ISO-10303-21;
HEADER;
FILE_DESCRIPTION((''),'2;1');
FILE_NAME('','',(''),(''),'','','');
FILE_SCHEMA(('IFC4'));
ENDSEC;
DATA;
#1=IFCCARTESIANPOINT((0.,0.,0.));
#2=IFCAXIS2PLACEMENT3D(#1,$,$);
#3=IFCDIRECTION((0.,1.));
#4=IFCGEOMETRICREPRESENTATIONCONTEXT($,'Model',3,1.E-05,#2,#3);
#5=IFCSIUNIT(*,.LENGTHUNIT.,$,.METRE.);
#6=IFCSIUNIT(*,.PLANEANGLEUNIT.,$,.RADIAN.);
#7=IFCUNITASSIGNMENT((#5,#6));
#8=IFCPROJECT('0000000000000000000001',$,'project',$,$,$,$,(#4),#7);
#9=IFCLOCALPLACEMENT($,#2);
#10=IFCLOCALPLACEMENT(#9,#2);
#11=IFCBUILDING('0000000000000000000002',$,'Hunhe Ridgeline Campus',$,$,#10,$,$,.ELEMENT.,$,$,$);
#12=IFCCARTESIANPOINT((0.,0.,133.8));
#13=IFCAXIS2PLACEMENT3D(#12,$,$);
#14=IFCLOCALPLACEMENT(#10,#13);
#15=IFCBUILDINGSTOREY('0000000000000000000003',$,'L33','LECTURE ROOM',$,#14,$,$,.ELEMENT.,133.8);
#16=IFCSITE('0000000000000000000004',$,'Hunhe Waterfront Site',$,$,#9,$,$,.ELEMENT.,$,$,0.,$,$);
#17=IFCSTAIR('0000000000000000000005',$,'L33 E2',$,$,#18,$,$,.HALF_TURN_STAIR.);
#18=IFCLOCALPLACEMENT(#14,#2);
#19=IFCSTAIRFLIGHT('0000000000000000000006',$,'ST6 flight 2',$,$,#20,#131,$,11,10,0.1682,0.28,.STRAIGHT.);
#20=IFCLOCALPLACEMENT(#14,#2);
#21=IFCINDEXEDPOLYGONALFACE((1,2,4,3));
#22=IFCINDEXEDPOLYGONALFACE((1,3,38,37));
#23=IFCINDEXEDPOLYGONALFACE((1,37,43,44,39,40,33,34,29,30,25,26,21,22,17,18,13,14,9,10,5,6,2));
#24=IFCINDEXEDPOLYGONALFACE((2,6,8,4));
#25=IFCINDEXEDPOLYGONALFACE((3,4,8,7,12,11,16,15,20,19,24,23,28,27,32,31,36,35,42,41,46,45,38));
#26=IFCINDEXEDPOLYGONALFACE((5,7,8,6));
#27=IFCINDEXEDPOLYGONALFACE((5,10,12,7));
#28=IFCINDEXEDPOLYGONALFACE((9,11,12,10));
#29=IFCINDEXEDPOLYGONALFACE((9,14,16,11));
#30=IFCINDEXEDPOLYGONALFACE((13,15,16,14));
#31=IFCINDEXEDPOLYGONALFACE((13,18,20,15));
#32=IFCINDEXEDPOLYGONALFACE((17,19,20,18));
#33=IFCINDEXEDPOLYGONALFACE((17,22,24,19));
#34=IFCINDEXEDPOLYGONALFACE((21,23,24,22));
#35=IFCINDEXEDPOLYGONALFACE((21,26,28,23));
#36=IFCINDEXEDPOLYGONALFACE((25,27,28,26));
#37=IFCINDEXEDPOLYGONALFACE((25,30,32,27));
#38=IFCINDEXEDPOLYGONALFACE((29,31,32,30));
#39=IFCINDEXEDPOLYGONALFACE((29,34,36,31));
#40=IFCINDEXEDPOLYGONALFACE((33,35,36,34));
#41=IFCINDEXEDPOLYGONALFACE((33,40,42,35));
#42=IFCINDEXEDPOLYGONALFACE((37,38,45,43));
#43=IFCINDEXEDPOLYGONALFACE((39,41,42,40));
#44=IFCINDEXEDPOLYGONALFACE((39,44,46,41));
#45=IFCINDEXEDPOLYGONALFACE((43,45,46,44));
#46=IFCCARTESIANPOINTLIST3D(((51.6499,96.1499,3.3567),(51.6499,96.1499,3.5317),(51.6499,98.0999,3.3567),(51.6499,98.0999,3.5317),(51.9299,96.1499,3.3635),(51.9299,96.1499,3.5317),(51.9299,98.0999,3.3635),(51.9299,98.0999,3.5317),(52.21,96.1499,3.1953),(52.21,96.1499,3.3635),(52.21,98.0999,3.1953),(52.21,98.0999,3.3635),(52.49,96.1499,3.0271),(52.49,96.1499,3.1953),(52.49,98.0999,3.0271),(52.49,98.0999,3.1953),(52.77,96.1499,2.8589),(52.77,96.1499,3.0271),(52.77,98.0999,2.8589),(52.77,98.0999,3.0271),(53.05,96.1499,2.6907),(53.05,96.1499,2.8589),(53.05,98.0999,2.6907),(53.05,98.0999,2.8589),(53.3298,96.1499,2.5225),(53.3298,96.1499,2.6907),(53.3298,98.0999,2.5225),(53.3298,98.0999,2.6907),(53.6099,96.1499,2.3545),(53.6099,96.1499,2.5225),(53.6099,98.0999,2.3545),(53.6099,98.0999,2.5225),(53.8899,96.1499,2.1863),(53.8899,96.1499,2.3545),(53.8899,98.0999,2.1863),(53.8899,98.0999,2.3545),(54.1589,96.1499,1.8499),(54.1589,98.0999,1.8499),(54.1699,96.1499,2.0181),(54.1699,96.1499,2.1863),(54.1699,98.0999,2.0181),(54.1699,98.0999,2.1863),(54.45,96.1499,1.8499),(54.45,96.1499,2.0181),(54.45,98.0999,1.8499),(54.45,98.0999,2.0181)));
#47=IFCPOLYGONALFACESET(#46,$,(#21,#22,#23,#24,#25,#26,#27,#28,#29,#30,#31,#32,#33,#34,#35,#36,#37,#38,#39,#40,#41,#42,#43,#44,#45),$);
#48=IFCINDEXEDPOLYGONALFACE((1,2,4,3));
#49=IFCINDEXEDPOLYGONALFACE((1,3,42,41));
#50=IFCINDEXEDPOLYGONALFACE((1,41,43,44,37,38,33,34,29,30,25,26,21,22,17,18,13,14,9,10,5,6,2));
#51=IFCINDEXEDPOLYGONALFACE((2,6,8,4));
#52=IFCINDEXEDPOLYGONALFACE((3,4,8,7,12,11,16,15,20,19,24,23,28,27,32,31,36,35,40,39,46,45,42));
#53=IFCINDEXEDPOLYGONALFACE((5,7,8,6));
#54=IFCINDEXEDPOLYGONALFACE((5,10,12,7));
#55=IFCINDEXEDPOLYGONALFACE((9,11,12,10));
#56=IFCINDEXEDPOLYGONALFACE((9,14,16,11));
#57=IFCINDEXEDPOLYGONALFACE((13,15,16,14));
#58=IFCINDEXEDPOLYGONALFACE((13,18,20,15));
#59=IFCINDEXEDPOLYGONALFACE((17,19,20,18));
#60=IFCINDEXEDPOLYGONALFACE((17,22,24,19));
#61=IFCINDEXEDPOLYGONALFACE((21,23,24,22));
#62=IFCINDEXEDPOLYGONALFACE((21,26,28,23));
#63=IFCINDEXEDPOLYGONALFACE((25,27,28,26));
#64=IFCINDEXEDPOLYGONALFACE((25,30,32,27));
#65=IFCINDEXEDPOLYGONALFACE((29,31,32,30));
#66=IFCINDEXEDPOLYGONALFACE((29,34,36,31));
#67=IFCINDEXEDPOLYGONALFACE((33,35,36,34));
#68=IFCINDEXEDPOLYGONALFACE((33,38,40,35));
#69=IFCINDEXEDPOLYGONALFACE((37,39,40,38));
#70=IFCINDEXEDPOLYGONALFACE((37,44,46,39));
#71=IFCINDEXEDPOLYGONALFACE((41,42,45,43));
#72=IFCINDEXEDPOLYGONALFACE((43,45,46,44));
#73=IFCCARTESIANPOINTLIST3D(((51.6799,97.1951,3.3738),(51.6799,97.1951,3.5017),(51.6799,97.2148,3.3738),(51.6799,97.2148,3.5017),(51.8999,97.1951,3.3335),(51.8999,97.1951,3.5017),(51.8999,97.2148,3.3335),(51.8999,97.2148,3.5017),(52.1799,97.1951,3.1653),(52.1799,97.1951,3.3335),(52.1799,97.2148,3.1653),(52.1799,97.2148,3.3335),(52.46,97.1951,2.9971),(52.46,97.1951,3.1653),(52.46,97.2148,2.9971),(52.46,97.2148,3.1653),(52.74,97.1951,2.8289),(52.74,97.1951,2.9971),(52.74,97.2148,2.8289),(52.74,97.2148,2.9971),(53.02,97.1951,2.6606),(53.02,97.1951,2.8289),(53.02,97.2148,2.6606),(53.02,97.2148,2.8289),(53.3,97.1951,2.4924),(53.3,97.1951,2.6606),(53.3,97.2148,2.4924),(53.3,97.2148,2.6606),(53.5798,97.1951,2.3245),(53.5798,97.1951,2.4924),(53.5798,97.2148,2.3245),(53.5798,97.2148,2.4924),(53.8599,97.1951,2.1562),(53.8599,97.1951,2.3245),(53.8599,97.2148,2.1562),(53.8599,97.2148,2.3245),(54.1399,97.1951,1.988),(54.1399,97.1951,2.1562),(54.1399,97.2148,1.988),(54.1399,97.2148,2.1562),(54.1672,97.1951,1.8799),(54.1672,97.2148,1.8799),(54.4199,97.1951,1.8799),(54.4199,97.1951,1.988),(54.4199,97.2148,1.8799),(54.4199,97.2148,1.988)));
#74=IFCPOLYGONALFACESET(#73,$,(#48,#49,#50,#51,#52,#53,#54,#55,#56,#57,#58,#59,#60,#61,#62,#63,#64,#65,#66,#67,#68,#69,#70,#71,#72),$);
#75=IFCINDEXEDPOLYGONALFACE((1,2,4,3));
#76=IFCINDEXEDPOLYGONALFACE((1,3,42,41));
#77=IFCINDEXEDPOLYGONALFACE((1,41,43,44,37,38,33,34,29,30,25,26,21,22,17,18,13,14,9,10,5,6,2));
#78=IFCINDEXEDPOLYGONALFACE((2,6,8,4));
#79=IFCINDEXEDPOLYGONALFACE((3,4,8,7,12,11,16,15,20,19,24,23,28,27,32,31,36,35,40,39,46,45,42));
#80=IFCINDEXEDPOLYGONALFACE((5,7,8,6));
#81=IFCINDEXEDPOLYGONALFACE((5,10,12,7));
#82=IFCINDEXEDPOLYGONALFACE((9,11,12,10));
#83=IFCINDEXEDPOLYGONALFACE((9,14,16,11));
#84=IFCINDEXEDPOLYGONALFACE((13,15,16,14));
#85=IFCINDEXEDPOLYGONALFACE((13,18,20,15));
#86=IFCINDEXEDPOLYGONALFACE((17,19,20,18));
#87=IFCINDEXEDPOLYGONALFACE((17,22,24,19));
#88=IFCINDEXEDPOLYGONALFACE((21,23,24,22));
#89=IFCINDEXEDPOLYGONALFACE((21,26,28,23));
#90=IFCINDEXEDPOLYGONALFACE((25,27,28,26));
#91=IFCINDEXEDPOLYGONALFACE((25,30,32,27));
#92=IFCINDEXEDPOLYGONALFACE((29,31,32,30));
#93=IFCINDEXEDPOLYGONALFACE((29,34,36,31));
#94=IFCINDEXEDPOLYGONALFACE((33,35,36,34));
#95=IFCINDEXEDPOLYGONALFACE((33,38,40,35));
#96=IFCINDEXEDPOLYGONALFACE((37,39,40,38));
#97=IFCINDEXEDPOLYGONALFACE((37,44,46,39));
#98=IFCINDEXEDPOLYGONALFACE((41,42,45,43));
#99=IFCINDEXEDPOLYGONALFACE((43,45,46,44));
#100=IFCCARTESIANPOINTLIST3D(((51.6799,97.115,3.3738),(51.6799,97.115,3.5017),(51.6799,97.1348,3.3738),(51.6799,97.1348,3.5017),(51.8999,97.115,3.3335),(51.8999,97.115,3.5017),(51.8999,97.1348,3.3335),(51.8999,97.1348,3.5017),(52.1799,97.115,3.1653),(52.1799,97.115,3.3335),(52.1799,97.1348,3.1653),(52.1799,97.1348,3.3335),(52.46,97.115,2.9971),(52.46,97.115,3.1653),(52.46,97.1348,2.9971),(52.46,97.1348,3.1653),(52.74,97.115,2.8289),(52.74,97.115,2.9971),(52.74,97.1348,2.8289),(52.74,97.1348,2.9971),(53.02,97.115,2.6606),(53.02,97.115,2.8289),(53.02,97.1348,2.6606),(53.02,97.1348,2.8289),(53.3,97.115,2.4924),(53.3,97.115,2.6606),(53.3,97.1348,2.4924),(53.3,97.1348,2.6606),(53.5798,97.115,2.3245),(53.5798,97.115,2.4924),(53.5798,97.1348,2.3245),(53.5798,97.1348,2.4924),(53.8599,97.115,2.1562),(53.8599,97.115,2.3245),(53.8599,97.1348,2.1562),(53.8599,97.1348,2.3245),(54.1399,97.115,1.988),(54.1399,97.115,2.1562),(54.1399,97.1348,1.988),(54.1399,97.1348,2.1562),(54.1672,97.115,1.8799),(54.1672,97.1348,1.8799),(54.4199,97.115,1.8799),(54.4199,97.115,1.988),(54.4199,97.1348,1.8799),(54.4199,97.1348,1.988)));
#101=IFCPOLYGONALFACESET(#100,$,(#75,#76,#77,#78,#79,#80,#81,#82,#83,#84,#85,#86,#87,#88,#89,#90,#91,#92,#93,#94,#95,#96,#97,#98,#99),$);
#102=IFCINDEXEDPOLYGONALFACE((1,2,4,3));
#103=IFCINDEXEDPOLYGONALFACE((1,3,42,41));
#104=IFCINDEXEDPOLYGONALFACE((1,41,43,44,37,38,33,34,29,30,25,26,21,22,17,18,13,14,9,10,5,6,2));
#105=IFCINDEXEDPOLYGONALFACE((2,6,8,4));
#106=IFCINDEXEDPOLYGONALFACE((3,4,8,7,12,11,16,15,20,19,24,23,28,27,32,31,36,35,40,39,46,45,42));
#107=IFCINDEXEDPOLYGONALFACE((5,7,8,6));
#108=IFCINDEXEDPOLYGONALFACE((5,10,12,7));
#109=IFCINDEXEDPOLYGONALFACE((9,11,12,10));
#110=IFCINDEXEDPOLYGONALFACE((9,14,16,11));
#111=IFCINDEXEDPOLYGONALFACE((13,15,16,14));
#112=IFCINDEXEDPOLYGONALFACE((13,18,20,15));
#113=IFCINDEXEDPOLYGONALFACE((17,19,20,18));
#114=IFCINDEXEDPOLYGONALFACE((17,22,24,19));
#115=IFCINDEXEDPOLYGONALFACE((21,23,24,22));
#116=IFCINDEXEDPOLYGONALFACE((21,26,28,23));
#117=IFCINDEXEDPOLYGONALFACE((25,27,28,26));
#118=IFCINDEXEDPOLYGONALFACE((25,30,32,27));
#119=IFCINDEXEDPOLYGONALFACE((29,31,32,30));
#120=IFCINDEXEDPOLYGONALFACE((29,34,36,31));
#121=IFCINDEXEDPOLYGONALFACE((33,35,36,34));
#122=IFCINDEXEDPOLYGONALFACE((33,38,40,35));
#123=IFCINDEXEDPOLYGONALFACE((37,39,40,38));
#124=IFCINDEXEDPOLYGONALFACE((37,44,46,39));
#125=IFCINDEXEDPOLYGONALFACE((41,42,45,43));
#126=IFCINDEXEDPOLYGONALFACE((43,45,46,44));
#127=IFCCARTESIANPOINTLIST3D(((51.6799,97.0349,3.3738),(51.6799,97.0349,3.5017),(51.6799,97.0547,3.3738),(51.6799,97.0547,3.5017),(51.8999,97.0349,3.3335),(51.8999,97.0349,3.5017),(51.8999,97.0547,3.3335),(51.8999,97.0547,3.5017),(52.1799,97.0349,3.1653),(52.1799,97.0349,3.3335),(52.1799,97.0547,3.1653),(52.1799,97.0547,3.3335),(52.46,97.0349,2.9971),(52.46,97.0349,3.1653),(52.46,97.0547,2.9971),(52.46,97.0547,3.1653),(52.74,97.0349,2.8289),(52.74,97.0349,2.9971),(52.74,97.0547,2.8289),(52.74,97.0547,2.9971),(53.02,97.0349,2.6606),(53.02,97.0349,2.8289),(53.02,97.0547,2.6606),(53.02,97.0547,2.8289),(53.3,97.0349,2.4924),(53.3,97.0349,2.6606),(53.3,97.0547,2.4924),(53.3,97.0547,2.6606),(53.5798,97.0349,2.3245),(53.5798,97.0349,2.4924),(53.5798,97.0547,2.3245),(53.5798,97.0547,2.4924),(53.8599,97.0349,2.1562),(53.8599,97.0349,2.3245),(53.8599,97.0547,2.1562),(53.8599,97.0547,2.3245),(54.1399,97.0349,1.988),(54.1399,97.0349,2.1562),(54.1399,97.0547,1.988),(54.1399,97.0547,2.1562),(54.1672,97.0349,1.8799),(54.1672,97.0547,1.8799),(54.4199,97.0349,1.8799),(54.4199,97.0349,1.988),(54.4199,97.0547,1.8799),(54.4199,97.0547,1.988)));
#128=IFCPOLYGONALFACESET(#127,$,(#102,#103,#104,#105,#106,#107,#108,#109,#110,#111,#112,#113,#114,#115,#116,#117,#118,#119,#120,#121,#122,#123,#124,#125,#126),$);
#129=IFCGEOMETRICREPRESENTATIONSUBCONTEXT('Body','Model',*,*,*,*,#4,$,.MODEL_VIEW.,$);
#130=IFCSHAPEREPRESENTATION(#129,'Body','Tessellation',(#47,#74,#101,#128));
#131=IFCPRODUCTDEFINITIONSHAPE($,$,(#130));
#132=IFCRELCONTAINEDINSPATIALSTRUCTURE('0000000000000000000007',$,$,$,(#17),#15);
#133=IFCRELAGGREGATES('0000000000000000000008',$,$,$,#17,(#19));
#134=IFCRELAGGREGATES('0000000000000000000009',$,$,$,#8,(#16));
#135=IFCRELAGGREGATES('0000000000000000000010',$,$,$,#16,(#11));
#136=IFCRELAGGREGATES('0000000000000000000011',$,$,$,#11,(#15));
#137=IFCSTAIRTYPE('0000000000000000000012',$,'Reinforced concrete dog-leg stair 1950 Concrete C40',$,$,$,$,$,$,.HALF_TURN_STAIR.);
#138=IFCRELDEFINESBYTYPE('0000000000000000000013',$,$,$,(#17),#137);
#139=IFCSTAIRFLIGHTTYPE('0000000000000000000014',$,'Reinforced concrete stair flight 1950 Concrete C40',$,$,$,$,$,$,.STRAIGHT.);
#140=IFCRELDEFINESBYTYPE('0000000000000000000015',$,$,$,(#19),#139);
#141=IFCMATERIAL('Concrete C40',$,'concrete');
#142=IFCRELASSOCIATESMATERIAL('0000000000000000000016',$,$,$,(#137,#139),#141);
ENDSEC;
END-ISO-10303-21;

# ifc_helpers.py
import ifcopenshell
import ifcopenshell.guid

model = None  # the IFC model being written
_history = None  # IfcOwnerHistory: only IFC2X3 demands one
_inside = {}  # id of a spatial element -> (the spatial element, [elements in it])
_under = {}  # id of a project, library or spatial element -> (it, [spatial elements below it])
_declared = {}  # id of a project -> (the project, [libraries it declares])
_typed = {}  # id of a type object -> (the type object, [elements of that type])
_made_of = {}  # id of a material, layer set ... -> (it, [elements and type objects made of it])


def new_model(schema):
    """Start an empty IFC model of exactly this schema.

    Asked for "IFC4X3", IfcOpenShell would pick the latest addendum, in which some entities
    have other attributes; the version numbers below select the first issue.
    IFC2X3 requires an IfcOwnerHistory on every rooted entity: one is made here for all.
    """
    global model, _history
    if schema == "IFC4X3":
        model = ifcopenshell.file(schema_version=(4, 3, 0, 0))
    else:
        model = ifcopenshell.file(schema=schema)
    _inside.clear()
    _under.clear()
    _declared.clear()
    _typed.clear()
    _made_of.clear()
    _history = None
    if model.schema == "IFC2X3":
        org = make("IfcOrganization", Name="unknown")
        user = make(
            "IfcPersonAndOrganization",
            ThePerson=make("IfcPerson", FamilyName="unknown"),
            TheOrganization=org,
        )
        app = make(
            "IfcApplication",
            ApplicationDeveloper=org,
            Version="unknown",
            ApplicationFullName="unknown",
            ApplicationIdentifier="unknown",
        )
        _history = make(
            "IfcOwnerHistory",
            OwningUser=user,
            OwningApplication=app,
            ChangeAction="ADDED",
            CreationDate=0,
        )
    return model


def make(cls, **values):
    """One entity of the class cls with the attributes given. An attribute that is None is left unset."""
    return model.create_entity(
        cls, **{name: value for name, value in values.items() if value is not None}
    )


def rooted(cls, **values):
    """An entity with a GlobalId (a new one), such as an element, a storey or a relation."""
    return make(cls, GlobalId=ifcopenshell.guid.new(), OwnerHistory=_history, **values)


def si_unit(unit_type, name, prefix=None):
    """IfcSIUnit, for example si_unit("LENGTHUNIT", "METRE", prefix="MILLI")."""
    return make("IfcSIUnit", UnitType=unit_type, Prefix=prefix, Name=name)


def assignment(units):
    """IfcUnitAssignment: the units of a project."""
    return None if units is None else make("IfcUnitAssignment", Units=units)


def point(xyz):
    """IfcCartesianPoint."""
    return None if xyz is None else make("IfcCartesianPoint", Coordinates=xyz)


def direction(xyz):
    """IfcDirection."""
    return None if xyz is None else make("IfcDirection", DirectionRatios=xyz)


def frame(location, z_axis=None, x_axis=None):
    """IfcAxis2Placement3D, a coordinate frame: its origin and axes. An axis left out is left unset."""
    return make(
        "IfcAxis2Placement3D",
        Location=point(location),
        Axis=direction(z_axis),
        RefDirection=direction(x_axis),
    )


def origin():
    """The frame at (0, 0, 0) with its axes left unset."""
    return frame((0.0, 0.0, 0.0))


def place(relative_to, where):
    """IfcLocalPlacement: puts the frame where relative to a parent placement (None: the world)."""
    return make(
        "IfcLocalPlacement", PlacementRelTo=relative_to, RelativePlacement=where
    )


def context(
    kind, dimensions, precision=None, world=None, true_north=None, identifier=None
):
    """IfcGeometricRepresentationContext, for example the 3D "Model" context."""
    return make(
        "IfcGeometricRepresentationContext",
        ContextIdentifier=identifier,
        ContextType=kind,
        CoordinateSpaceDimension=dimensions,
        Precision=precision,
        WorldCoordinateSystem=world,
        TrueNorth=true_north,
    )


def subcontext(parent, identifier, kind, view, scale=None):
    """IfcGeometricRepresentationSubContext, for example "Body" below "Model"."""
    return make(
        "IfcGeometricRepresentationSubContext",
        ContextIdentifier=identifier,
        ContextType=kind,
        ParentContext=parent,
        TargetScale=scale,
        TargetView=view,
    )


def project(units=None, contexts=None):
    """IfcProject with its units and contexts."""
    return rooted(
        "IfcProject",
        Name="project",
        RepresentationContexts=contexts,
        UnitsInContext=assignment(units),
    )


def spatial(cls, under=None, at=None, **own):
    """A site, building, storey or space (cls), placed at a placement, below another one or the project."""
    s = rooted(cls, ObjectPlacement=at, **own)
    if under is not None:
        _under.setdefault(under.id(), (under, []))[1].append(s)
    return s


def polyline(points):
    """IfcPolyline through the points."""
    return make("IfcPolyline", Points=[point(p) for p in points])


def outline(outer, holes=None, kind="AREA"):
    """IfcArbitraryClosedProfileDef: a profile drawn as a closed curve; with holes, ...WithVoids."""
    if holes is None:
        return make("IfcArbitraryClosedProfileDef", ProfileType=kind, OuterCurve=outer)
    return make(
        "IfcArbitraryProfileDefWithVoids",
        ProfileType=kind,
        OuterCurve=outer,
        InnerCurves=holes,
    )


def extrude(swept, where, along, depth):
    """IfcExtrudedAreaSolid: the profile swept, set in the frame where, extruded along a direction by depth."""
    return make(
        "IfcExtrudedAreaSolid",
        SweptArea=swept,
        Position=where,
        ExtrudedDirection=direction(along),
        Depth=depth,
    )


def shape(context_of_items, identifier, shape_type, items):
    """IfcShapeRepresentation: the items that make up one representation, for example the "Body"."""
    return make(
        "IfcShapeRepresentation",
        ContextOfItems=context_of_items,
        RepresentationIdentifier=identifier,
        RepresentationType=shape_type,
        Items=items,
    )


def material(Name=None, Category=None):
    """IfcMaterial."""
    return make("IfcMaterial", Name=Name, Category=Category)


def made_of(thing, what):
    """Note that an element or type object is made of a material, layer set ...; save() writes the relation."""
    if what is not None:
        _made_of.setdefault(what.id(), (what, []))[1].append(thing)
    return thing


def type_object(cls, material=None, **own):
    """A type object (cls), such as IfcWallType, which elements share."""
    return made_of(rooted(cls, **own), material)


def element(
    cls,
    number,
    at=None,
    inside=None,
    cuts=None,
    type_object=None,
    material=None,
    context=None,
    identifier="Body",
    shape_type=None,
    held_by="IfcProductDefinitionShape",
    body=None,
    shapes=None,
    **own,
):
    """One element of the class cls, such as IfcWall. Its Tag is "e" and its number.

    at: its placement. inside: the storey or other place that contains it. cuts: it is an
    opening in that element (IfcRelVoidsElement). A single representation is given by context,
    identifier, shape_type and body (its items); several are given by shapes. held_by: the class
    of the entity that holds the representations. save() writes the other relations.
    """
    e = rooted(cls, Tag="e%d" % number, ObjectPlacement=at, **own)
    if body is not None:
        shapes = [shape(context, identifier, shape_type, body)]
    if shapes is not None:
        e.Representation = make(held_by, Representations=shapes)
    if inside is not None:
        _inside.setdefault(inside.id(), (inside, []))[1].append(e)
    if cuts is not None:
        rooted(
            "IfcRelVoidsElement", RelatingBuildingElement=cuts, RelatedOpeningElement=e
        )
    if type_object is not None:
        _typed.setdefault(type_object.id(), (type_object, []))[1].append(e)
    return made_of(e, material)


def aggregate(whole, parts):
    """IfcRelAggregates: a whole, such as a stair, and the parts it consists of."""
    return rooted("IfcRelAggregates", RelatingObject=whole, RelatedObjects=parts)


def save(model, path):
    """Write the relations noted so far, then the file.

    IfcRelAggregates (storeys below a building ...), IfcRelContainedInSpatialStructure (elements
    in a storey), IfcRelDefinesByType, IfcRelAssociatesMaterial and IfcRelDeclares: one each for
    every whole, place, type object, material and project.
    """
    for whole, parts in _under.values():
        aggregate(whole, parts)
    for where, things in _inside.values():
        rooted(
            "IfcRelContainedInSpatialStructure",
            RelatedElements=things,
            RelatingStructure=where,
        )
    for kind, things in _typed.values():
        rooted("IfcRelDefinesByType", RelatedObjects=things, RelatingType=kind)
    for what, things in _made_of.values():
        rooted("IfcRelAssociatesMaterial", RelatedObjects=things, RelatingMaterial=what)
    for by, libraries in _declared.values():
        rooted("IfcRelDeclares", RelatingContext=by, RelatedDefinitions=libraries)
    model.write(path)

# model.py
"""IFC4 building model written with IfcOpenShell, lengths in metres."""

from ifc_helpers import new_model, si_unit, direction, frame, origin, place, context, subcontext, project, spatial, polyline, outline, extrude, material, type_object, element, aggregate, save


model = new_model("IFC4")

# Units and contexts
model_context = context("Model", 3, precision=1e-05, world=origin(), true_north=direction((0.0, 1.0)))
body_context = subcontext(model_context, "Body", "Model", "MODEL_VIEW")
ifc_project = project(units=[si_unit("LENGTHUNIT", "METRE"), si_unit("PLANEANGLEUNIT", "RADIAN")], contexts=[model_context])

# Site, building, storey
site_placement = place(None, origin())
site = spatial("IfcSite", under=ifc_project, at=site_placement, Name="Hunhe Waterfront Site", CompositionType="ELEMENT", RefElevation=0.0)
building_placement = place(site_placement, origin())
building = spatial("IfcBuilding", under=site, at=building_placement, Name="Hunhe Ridgeline Campus", CompositionType="ELEMENT")
storey_placement = place(building_placement, frame((0.0, 0.0, 133.8)))
storey = spatial("IfcBuildingStorey", under=building, at=storey_placement, Name="L33", Description="LECTURE ROOM", CompositionType="ELEMENT", Elevation=133.8)

# Stair, stair flight
ifc_material_1 = material(Name="Concrete C40", Category="concrete")
stair_type = type_object("IfcStairType", Name="Reinforced concrete dog-leg stair 1950 Concrete C40", PredefinedType="HALF_TURN_STAIR", material=ifc_material_1)
stair_placement = place(storey_placement, origin())
stair = element("IfcStair", 1, at=stair_placement, inside=storey, type_object=stair_type, Name="L33 E2", PredefinedType="HALF_TURN_STAIR")
stair_flight_type = type_object("IfcStairFlightType", Name="Reinforced concrete stair flight 1950 Concrete C40", PredefinedType="STRAIGHT", material=ifc_material_1)
stair_flight_placement = place(storey_placement, frame((54.45, 97.125, 1.8499), z_axis=(0.0, 0.0, 1.0), x_axis=(-1.0, 0.0, 0.0)))
stair_flight = element("IfcStairFlight", 2, at=stair_flight_placement, type_object=stair_flight_type, Name="ST6 flight 2", NumberOfRisers=11, NumberOfTreads=10, PredefinedType="STRAIGHT", RiserHeight=0.1682, TreadLength=0.28, context=body_context, shape_type="SweptSolid", body=[
    extrude(outline(polyline([(0.0, 0.0), (0.0, 0.1682), (0.28, 0.1682), (0.28, 0.3364), (0.5601, 0.3364), (0.5601, 0.5046), (0.8401, 0.5046), (0.8401, 0.6726), (1.1201, 0.6726), (1.1201, 0.8408), (1.3999, 0.8408), (1.3999, 1.009), (1.6799, 1.009), (1.6799, 1.1772), (1.96, 1.1772), (1.96, 1.3455), (2.24, 1.3455), (2.24, 1.5137), (2.52, 1.5137), (2.52, 1.6819), (2.8, 1.6819), (2.8, 1.8501), (2.8, 1.5068), (0.291, 0.0), (0.0, 0.0)])), frame((0.0, 0.9751, 0.0), z_axis=(0.0, -1.0, 0.0), x_axis=(1.0, 0.0, 0.0)), (0.0, 0.0, 1.0), 1.95),
    extrude(outline(polyline([(0.03, 0.03), (0.03, 0.1382), (0.3101, 0.1382), (0.3101, 0.3064), (0.5901, 0.3064), (0.5901, 0.4746), (0.8701, 0.4746), (0.8701, 0.6426), (1.1499, 0.6426), (1.1499, 0.8108), (1.4299, 0.8108), (1.4299, 0.979), (1.71, 0.979), (1.71, 1.1472), (1.99, 1.1472), (1.99, 1.3154), (2.27, 1.3154), (2.27, 1.4836), (2.55, 1.4836), (2.55, 1.6519), (2.77, 1.6519), (2.77, 1.5239), (0.2827, 0.03), (0.03, 0.03)])), frame((0.0, -0.0701, 0.0), z_axis=(0.0, -1.0, 0.0), x_axis=(1.0, 0.0, 0.0)), (0.0, 0.0, 1.0), 0.0198),
    extrude(outline(polyline([(0.03, 0.03), (0.03, 0.1382), (0.3101, 0.1382), (0.3101, 0.3064), (0.5901, 0.3064), (0.5901, 0.4746), (0.8701, 0.4746), (0.8701, 0.6426), (1.1499, 0.6426), (1.1499, 0.8108), (1.4299, 0.8108), (1.4299, 0.979), (1.71, 0.979), (1.71, 1.1472), (1.99, 1.1472), (1.99, 1.3154), (2.27, 1.3154), (2.27, 1.4836), (2.55, 1.4836), (2.55, 1.6519), (2.77, 1.6519), (2.77, 1.5239), (0.2827, 0.03), (0.03, 0.03)])), frame((0.0, 0.01, 0.0), z_axis=(0.0, -1.0, 0.0), x_axis=(1.0, 0.0, 0.0)), (0.0, 0.0, 1.0), 0.0198),
    extrude(outline(polyline([(0.03, 0.03), (0.03, 0.1382), (0.3101, 0.1382), (0.3101, 0.3064), (0.5901, 0.3064), (0.5901, 0.4746), (0.8701, 0.4746), (0.8701, 0.6426), (1.1499, 0.6426), (1.1499, 0.8108), (1.4299, 0.8108), (1.4299, 0.979), (1.71, 0.979), (1.71, 1.1472), (1.99, 1.1472), (1.99, 1.3154), (2.27, 1.3154), (2.27, 1.4836), (2.55, 1.4836), (2.55, 1.6519), (2.77, 1.6519), (2.77, 1.5239), (0.2827, 0.03), (0.03, 0.03)])), frame((0.0, 0.0901, 0.0), z_axis=(0.0, -1.0, 0.0), x_axis=(1.0, 0.0, 0.0)), (0.0, 0.0, 1.0), 0.0198),
])
aggregate(stair, [stair_flight])

save(model, "model.ifc")
